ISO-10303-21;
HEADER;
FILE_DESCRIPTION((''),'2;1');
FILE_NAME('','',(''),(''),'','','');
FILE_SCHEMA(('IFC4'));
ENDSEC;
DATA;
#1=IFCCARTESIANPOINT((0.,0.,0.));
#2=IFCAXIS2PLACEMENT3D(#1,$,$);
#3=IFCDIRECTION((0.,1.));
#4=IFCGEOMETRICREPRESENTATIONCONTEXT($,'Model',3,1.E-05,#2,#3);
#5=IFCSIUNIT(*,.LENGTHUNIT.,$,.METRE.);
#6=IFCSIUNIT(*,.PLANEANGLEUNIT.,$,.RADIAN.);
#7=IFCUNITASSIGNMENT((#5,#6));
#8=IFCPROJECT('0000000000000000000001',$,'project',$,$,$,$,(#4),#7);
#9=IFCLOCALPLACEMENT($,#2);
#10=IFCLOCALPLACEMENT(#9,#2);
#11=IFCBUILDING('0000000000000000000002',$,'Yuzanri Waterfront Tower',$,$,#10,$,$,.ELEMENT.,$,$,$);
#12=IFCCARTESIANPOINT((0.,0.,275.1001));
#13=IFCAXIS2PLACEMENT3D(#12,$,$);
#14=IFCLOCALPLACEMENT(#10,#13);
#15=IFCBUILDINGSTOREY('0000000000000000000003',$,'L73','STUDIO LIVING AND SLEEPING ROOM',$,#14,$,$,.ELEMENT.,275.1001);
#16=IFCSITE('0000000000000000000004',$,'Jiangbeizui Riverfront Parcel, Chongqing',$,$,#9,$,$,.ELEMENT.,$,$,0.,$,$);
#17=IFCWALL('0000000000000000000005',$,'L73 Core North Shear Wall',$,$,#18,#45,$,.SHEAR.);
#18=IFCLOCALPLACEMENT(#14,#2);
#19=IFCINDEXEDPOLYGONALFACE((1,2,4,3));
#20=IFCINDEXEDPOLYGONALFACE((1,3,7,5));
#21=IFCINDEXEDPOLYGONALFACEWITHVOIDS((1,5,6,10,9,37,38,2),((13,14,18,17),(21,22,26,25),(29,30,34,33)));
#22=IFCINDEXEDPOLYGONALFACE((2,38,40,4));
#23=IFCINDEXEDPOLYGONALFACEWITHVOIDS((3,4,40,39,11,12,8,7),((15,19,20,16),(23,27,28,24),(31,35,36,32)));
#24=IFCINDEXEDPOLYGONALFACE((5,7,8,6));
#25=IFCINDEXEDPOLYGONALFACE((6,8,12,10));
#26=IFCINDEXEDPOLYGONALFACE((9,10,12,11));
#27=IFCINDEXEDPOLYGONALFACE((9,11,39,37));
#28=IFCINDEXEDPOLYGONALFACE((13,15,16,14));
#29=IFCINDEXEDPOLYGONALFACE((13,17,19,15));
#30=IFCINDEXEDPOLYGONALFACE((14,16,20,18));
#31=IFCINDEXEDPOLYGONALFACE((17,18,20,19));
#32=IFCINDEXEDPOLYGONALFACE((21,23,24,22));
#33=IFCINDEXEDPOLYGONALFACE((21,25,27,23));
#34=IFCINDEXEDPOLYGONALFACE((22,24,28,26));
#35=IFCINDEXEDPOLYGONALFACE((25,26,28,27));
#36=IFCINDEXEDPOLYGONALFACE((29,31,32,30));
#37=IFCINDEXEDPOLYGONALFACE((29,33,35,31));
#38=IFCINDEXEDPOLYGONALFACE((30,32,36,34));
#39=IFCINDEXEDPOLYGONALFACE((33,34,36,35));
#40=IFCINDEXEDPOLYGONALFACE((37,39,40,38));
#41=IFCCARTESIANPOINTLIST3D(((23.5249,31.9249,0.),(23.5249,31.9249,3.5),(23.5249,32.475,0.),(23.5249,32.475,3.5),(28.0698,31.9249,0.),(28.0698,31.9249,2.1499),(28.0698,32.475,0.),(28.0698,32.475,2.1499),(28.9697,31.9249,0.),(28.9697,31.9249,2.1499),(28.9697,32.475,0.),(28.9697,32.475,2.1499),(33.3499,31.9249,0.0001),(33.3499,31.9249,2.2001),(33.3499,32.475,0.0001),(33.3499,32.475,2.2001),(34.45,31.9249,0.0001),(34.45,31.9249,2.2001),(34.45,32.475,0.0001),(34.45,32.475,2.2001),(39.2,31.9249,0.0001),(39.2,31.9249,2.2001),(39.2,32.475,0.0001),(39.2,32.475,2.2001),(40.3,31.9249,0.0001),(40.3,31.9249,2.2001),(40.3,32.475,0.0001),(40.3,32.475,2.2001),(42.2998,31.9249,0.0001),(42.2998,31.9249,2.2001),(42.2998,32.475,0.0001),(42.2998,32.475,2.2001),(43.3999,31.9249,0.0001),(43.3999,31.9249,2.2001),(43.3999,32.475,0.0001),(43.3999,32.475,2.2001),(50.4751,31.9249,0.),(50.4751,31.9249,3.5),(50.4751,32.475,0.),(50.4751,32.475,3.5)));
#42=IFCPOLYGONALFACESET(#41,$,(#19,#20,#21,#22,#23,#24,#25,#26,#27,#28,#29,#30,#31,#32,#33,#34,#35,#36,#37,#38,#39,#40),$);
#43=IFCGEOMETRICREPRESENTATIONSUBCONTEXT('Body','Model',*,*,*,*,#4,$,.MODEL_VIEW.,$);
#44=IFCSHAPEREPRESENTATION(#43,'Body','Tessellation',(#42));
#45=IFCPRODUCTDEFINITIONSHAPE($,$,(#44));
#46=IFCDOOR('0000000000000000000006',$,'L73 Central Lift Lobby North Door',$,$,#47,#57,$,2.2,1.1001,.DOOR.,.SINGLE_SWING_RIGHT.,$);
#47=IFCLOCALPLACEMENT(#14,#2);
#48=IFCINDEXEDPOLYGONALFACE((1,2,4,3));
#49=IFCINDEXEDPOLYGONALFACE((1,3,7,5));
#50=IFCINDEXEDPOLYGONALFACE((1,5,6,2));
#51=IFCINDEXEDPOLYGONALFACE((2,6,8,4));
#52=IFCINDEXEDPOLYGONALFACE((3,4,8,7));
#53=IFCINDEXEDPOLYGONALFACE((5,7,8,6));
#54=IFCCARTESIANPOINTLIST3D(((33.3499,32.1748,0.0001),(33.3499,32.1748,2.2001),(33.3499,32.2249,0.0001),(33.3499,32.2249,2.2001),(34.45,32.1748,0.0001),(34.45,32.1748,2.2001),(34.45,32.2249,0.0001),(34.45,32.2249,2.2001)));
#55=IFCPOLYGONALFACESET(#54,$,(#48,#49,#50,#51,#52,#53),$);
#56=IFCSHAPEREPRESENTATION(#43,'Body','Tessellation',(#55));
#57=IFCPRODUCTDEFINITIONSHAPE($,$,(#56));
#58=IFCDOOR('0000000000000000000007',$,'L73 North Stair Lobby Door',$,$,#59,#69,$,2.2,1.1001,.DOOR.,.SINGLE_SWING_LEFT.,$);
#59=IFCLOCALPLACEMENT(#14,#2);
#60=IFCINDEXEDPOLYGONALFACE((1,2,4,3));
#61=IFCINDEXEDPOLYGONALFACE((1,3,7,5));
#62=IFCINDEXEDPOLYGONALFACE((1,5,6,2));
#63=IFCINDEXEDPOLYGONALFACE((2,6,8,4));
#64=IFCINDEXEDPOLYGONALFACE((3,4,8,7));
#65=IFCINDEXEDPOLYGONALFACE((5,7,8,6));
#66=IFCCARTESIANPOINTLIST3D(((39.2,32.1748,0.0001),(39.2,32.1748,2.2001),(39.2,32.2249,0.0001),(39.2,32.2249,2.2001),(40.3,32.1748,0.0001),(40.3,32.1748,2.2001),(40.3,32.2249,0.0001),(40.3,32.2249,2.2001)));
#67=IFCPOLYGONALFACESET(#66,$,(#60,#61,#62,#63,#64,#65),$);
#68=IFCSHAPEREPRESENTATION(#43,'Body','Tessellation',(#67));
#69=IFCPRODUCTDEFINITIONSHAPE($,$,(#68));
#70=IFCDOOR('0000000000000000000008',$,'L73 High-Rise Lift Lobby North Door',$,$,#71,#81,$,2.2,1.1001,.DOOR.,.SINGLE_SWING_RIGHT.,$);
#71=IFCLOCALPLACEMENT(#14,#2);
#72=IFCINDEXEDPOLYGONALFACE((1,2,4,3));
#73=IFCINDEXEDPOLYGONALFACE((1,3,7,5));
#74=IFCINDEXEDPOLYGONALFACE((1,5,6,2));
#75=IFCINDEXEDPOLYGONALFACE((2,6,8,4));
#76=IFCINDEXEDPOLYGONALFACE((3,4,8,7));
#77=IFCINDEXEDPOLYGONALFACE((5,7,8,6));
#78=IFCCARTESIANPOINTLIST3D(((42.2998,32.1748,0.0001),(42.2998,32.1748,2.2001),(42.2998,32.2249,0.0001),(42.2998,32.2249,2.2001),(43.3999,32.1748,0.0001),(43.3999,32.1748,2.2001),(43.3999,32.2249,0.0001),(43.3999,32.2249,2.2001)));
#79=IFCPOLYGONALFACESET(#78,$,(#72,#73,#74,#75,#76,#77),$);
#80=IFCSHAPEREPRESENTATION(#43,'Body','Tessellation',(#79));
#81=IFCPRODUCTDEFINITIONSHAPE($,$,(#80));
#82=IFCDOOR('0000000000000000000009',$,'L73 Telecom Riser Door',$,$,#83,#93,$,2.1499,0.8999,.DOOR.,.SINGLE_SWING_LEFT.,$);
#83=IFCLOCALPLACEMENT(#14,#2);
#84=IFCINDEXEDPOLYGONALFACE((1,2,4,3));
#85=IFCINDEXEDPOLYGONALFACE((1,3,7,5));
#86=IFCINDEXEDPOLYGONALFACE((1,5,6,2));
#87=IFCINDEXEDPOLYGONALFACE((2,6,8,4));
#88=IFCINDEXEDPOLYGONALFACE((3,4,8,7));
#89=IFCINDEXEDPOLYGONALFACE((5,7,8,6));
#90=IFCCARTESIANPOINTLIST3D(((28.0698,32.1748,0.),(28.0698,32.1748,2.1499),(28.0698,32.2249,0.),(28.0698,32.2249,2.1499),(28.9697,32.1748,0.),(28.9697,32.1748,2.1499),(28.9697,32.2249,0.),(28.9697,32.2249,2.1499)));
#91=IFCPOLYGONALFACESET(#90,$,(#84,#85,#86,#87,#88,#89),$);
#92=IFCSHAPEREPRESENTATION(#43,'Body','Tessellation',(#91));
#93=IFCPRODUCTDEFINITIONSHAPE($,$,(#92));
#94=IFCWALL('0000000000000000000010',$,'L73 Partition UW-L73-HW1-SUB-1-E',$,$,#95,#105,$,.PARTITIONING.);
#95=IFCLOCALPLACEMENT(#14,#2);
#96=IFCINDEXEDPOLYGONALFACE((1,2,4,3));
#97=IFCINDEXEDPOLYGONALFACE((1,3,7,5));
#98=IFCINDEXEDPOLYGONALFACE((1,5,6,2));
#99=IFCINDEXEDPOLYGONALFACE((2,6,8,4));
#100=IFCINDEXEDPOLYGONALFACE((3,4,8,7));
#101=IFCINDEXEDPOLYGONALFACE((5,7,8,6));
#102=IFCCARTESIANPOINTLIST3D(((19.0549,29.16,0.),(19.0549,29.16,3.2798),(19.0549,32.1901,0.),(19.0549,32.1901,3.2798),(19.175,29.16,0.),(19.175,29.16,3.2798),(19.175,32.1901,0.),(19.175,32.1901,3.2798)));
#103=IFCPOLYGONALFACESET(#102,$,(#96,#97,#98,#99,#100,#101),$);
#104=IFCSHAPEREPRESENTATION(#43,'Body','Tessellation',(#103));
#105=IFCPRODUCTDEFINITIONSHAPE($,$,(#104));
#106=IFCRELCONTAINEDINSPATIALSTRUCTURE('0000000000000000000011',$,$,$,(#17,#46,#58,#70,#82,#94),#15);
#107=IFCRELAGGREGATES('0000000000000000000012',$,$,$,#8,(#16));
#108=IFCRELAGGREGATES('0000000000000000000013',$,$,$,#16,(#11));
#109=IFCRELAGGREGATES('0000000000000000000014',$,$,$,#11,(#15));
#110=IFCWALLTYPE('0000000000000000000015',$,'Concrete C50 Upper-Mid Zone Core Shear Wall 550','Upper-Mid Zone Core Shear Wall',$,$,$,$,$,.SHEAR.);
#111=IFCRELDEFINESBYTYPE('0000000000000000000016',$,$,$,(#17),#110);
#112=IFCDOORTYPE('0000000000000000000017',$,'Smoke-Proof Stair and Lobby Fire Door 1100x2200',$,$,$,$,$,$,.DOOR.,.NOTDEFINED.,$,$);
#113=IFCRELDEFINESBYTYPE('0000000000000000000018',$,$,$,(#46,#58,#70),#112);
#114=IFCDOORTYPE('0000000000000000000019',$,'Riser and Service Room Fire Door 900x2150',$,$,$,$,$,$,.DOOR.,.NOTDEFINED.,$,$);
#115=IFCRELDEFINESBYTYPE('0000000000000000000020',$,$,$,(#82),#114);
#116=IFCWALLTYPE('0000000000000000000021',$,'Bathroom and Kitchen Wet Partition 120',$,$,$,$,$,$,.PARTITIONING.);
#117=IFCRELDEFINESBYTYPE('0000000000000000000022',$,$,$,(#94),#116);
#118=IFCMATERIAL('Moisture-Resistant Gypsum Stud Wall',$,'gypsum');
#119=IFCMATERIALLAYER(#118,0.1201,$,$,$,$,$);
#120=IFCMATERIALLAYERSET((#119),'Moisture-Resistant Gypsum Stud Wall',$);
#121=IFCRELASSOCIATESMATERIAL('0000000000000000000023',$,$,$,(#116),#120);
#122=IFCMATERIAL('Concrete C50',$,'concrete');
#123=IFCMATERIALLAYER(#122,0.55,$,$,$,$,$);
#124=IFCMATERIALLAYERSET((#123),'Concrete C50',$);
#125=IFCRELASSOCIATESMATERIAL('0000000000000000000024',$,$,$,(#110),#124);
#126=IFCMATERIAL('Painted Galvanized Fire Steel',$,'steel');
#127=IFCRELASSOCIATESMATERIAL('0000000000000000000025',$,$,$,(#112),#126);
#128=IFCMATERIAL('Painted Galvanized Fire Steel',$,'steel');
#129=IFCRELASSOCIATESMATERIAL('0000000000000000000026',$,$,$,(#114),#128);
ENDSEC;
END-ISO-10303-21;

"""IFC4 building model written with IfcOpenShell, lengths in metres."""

from ifc_helpers import new_model, si_unit, direction, frame, frame_2d, origin, place, context, subcontext, project, spatial, rectangle, extrude, source, transform, mapped, material, layer, layer_set, type_object, element, fill, save


model = new_model("IFC4")

# Units and contexts
model_context = context("Model", 3, precision=1e-05, world=origin(), true_north=direction((0.0, 1.0)))
body_context = subcontext(model_context, "Body", "Model", "MODEL_VIEW")
ifc_project = project(units=[si_unit("LENGTHUNIT", "METRE"), si_unit("PLANEANGLEUNIT", "RADIAN")], contexts=[model_context])

# Site, building, storey
site_placement = place(None, origin())
site = spatial("IfcSite", under=ifc_project, at=site_placement, Name="Jiangbeizui Riverfront Parcel, Chongqing", CompositionType="ELEMENT", RefElevation=0.0)
building_placement = place(site_placement, origin())
building = spatial("IfcBuilding", under=site, at=building_placement, Name="Yuzanri Waterfront Tower", CompositionType="ELEMENT")
storey_placement = place(building_placement, frame((0.0, 0.0, 275.1001)))
storey = spatial("IfcBuildingStorey", under=building, at=storey_placement, Name="L73", Description="STUDIO LIVING AND SLEEPING ROOM", CompositionType="ELEMENT", Elevation=275.1001)

# Shared definitions
ifc_material_1 = material(Name="Moisture-Resistant Gypsum Stud Wall", Category="gypsum")
ifc_layer_1 = layer(ifc_material_1, 0.1201)
ifc_layer_set_1 = layer_set([ifc_layer_1], Name="Moisture-Resistant Gypsum Stud Wall")
wall_type_1 = type_object("IfcWallType", Name="Bathroom and Kitchen Wet Partition 120", PredefinedType="PARTITIONING", material=ifc_layer_set_1)

# Wall, openings, doors
ifc_material_2 = material(Name="Concrete C50", Category="concrete")
ifc_layer_2 = layer(ifc_material_2, 0.55)
ifc_layer_set_2 = layer_set([ifc_layer_2], Name="Concrete C50")
wall_type_2 = type_object("IfcWallType", Name="Concrete C50 Upper-Mid Zone Core Shear Wall 550", Description="Upper-Mid Zone Core Shear Wall", PredefinedType="SHEAR", material=ifc_layer_set_2)
wall_1_placement = place(storey_placement, frame((23.5249, 32.2, 0.0), z_axis=(0.0, 0.0, 1.0), x_axis=(1.0, 0.0, 0.0)))
wall_1 = element("IfcWall", 1, at=wall_1_placement, inside=storey, type_object=wall_type_2, Name="L73 Core North Shear Wall", PredefinedType="SHEAR", context=body_context, shape_type="SweptSolid", body=[
    extrude(rectangle(XDim=26.9502, YDim=0.55, at=frame_2d((13.4751, 0.0))), origin(), (0.0, 0.0, 1.0), 3.5),
])
opening_1_placement = place(wall_1_placement, frame((4.5449, 0.0, 0.0)))
opening_1 = element("IfcOpeningElement", 2, at=opening_1_placement, cuts=wall_1, PredefinedType="OPENING", context=body_context, shape_type="SweptSolid", body=[
    extrude(rectangle(XDim=0.8999, YDim=2.1499, at=frame_2d((0.45, 1.075))), frame((0.0, 0.29, 0.0), z_axis=(0.0, -1.0, 0.0), x_axis=(1.0, 0.0, 0.0)), (0.0, 0.0, 1.0), 0.5798),
])
opening_2_placement = place(wall_1_placement, frame((9.825, 0.0, 0.0)))
opening_2 = element("IfcOpeningElement", 3, at=opening_2_placement, cuts=wall_1, PredefinedType="OPENING", context=body_context, shape_type="SweptSolid", body=[
    extrude(rectangle(XDim=1.1001, YDim=2.2, at=frame_2d((0.55, 1.1001))), frame((0.0, 0.29, 0.0), z_axis=(0.0, -1.0, 0.0), x_axis=(1.0, 0.0, 0.0)), (0.0, 0.0, 1.0), 0.5798),
])
opening_3_placement = place(wall_1_placement, frame((15.675, 0.0, 0.0)))
opening_3 = element("IfcOpeningElement", 4, at=opening_3_placement, cuts=wall_1, PredefinedType="OPENING", context=body_context, shape_type="SweptSolid", body=[
    extrude(rectangle(XDim=1.1001, YDim=2.2, at=frame_2d((0.55, 1.1001))), frame((0.0, 0.29, 0.0), z_axis=(0.0, -1.0, 0.0), x_axis=(1.0, 0.0, 0.0)), (0.0, 0.0, 1.0), 0.5798),
])
opening_4_placement = place(wall_1_placement, frame((18.7749, 0.0, 0.0)))
opening_4 = element("IfcOpeningElement", 5, at=opening_4_placement, cuts=wall_1, PredefinedType="OPENING", context=body_context, shape_type="SweptSolid", body=[
    extrude(rectangle(XDim=1.1001, YDim=2.2, at=frame_2d((0.55, 1.1001))), frame((0.0, 0.29, 0.0), z_axis=(0.0, -1.0, 0.0), x_axis=(1.0, 0.0, 0.0)), (0.0, 0.0, 1.0), 0.5798),
])
ifc_material_3 = material(Name="Painted Galvanized Fire Steel", Category="steel")
door_type_1 = type_object("IfcDoorType", Name="Smoke-Proof Stair and Lobby Fire Door 1100x2200", OperationType="NOTDEFINED", PredefinedType="DOOR", material=ifc_material_3)
shared_shape_1 = source(origin(), body_context, "Body", "SweptSolid", [
    extrude(rectangle(XDim=1.1001, YDim=2.2, at=frame_2d((0.55, 1.1001))), frame((0.0, 0.0249, 0.0), z_axis=(0.0, -1.0, 0.0), x_axis=(1.0, 0.0, 0.0)), (0.0, 0.0, 1.0), 0.05),
])
door_1_placement = place(opening_2_placement, origin())
door_1 = element("IfcDoor", 6, at=door_1_placement, inside=storey, type_object=door_type_1, Name="L73 Central Lift Lobby North Door", OperationType="SINGLE_SWING_RIGHT", OverallHeight=2.2, OverallWidth=1.1001, PredefinedType="DOOR", context=body_context, shape_type="MappedRepresentation", body=[
    mapped(shared_shape_1, transform((0.0, 0.0, 0.0), scale=1.0)),
])
fill(opening_2, door_1)
door_2_placement = place(opening_3_placement, origin())
door_2 = element("IfcDoor", 7, at=door_2_placement, inside=storey, type_object=door_type_1, Name="L73 North Stair Lobby Door", OperationType="SINGLE_SWING_LEFT", OverallHeight=2.2, OverallWidth=1.1001, PredefinedType="DOOR", context=body_context, shape_type="MappedRepresentation", body=[
    mapped(shared_shape_1, transform((0.0, 0.0, 0.0), scale=1.0)),
])
fill(opening_3, door_2)
door_3_placement = place(opening_4_placement, origin())
door_3 = element("IfcDoor", 8, at=door_3_placement, inside=storey, type_object=door_type_1, Name="L73 High-Rise Lift Lobby North Door", OperationType="SINGLE_SWING_RIGHT", OverallHeight=2.2, OverallWidth=1.1001, PredefinedType="DOOR", context=body_context, shape_type="MappedRepresentation", body=[
    mapped(shared_shape_1, transform((0.0, 0.0, 0.0), scale=1.0)),
])
fill(opening_4, door_3)
ifc_material_4 = material(Name="Painted Galvanized Fire Steel", Category="steel")
door_type_2 = type_object("IfcDoorType", Name="Riser and Service Room Fire Door 900x2150", OperationType="NOTDEFINED", PredefinedType="DOOR", material=ifc_material_4)
shared_shape_2 = source(origin(), body_context, "Body", "SweptSolid", [
    extrude(rectangle(XDim=0.8999, YDim=2.1499, at=frame_2d((0.45, 1.075))), frame((0.0, 0.0249, 0.0), z_axis=(0.0, -1.0, 0.0), x_axis=(1.0, 0.0, 0.0)), (0.0, 0.0, 1.0), 0.05),
])
door_4_placement = place(opening_1_placement, origin())
door_4 = element("IfcDoor", 9, at=door_4_placement, inside=storey, type_object=door_type_2, Name="L73 Telecom Riser Door", OperationType="SINGLE_SWING_LEFT", OverallHeight=2.1499, OverallWidth=0.8999, PredefinedType="DOOR", context=body_context, shape_type="MappedRepresentation", body=[
    mapped(shared_shape_2, transform((0.0, 0.0, 0.0), scale=1.0)),
])
fill(opening_1, door_4)

# Wall
shared_shape_3 = source(origin(), body_context, "Body", "SweptSolid", [
    extrude(rectangle(XDim=3.03, YDim=0.1201, at=frame_2d((1.5151, 0.0))), origin(), (0.0, 0.0, 1.0), 3.2798),
])
wall_2_placement = place(storey_placement, frame((19.115, 29.1599, 0.0), z_axis=(0.0, 0.0, 1.0), x_axis=(0.0, 1.0, 0.0)))
element("IfcWall", 10, at=wall_2_placement, inside=storey, type_object=wall_type_1, Name="L73 Partition UW-L73-HW1-SUB-1-E", PredefinedType="PARTITIONING", context=body_context, shape_type="MappedRepresentation", body=[
    mapped(shared_shape_3, transform((0.0, 0.0, 0.0), scale=1.0)),
])

save(model, "model.ifc")
